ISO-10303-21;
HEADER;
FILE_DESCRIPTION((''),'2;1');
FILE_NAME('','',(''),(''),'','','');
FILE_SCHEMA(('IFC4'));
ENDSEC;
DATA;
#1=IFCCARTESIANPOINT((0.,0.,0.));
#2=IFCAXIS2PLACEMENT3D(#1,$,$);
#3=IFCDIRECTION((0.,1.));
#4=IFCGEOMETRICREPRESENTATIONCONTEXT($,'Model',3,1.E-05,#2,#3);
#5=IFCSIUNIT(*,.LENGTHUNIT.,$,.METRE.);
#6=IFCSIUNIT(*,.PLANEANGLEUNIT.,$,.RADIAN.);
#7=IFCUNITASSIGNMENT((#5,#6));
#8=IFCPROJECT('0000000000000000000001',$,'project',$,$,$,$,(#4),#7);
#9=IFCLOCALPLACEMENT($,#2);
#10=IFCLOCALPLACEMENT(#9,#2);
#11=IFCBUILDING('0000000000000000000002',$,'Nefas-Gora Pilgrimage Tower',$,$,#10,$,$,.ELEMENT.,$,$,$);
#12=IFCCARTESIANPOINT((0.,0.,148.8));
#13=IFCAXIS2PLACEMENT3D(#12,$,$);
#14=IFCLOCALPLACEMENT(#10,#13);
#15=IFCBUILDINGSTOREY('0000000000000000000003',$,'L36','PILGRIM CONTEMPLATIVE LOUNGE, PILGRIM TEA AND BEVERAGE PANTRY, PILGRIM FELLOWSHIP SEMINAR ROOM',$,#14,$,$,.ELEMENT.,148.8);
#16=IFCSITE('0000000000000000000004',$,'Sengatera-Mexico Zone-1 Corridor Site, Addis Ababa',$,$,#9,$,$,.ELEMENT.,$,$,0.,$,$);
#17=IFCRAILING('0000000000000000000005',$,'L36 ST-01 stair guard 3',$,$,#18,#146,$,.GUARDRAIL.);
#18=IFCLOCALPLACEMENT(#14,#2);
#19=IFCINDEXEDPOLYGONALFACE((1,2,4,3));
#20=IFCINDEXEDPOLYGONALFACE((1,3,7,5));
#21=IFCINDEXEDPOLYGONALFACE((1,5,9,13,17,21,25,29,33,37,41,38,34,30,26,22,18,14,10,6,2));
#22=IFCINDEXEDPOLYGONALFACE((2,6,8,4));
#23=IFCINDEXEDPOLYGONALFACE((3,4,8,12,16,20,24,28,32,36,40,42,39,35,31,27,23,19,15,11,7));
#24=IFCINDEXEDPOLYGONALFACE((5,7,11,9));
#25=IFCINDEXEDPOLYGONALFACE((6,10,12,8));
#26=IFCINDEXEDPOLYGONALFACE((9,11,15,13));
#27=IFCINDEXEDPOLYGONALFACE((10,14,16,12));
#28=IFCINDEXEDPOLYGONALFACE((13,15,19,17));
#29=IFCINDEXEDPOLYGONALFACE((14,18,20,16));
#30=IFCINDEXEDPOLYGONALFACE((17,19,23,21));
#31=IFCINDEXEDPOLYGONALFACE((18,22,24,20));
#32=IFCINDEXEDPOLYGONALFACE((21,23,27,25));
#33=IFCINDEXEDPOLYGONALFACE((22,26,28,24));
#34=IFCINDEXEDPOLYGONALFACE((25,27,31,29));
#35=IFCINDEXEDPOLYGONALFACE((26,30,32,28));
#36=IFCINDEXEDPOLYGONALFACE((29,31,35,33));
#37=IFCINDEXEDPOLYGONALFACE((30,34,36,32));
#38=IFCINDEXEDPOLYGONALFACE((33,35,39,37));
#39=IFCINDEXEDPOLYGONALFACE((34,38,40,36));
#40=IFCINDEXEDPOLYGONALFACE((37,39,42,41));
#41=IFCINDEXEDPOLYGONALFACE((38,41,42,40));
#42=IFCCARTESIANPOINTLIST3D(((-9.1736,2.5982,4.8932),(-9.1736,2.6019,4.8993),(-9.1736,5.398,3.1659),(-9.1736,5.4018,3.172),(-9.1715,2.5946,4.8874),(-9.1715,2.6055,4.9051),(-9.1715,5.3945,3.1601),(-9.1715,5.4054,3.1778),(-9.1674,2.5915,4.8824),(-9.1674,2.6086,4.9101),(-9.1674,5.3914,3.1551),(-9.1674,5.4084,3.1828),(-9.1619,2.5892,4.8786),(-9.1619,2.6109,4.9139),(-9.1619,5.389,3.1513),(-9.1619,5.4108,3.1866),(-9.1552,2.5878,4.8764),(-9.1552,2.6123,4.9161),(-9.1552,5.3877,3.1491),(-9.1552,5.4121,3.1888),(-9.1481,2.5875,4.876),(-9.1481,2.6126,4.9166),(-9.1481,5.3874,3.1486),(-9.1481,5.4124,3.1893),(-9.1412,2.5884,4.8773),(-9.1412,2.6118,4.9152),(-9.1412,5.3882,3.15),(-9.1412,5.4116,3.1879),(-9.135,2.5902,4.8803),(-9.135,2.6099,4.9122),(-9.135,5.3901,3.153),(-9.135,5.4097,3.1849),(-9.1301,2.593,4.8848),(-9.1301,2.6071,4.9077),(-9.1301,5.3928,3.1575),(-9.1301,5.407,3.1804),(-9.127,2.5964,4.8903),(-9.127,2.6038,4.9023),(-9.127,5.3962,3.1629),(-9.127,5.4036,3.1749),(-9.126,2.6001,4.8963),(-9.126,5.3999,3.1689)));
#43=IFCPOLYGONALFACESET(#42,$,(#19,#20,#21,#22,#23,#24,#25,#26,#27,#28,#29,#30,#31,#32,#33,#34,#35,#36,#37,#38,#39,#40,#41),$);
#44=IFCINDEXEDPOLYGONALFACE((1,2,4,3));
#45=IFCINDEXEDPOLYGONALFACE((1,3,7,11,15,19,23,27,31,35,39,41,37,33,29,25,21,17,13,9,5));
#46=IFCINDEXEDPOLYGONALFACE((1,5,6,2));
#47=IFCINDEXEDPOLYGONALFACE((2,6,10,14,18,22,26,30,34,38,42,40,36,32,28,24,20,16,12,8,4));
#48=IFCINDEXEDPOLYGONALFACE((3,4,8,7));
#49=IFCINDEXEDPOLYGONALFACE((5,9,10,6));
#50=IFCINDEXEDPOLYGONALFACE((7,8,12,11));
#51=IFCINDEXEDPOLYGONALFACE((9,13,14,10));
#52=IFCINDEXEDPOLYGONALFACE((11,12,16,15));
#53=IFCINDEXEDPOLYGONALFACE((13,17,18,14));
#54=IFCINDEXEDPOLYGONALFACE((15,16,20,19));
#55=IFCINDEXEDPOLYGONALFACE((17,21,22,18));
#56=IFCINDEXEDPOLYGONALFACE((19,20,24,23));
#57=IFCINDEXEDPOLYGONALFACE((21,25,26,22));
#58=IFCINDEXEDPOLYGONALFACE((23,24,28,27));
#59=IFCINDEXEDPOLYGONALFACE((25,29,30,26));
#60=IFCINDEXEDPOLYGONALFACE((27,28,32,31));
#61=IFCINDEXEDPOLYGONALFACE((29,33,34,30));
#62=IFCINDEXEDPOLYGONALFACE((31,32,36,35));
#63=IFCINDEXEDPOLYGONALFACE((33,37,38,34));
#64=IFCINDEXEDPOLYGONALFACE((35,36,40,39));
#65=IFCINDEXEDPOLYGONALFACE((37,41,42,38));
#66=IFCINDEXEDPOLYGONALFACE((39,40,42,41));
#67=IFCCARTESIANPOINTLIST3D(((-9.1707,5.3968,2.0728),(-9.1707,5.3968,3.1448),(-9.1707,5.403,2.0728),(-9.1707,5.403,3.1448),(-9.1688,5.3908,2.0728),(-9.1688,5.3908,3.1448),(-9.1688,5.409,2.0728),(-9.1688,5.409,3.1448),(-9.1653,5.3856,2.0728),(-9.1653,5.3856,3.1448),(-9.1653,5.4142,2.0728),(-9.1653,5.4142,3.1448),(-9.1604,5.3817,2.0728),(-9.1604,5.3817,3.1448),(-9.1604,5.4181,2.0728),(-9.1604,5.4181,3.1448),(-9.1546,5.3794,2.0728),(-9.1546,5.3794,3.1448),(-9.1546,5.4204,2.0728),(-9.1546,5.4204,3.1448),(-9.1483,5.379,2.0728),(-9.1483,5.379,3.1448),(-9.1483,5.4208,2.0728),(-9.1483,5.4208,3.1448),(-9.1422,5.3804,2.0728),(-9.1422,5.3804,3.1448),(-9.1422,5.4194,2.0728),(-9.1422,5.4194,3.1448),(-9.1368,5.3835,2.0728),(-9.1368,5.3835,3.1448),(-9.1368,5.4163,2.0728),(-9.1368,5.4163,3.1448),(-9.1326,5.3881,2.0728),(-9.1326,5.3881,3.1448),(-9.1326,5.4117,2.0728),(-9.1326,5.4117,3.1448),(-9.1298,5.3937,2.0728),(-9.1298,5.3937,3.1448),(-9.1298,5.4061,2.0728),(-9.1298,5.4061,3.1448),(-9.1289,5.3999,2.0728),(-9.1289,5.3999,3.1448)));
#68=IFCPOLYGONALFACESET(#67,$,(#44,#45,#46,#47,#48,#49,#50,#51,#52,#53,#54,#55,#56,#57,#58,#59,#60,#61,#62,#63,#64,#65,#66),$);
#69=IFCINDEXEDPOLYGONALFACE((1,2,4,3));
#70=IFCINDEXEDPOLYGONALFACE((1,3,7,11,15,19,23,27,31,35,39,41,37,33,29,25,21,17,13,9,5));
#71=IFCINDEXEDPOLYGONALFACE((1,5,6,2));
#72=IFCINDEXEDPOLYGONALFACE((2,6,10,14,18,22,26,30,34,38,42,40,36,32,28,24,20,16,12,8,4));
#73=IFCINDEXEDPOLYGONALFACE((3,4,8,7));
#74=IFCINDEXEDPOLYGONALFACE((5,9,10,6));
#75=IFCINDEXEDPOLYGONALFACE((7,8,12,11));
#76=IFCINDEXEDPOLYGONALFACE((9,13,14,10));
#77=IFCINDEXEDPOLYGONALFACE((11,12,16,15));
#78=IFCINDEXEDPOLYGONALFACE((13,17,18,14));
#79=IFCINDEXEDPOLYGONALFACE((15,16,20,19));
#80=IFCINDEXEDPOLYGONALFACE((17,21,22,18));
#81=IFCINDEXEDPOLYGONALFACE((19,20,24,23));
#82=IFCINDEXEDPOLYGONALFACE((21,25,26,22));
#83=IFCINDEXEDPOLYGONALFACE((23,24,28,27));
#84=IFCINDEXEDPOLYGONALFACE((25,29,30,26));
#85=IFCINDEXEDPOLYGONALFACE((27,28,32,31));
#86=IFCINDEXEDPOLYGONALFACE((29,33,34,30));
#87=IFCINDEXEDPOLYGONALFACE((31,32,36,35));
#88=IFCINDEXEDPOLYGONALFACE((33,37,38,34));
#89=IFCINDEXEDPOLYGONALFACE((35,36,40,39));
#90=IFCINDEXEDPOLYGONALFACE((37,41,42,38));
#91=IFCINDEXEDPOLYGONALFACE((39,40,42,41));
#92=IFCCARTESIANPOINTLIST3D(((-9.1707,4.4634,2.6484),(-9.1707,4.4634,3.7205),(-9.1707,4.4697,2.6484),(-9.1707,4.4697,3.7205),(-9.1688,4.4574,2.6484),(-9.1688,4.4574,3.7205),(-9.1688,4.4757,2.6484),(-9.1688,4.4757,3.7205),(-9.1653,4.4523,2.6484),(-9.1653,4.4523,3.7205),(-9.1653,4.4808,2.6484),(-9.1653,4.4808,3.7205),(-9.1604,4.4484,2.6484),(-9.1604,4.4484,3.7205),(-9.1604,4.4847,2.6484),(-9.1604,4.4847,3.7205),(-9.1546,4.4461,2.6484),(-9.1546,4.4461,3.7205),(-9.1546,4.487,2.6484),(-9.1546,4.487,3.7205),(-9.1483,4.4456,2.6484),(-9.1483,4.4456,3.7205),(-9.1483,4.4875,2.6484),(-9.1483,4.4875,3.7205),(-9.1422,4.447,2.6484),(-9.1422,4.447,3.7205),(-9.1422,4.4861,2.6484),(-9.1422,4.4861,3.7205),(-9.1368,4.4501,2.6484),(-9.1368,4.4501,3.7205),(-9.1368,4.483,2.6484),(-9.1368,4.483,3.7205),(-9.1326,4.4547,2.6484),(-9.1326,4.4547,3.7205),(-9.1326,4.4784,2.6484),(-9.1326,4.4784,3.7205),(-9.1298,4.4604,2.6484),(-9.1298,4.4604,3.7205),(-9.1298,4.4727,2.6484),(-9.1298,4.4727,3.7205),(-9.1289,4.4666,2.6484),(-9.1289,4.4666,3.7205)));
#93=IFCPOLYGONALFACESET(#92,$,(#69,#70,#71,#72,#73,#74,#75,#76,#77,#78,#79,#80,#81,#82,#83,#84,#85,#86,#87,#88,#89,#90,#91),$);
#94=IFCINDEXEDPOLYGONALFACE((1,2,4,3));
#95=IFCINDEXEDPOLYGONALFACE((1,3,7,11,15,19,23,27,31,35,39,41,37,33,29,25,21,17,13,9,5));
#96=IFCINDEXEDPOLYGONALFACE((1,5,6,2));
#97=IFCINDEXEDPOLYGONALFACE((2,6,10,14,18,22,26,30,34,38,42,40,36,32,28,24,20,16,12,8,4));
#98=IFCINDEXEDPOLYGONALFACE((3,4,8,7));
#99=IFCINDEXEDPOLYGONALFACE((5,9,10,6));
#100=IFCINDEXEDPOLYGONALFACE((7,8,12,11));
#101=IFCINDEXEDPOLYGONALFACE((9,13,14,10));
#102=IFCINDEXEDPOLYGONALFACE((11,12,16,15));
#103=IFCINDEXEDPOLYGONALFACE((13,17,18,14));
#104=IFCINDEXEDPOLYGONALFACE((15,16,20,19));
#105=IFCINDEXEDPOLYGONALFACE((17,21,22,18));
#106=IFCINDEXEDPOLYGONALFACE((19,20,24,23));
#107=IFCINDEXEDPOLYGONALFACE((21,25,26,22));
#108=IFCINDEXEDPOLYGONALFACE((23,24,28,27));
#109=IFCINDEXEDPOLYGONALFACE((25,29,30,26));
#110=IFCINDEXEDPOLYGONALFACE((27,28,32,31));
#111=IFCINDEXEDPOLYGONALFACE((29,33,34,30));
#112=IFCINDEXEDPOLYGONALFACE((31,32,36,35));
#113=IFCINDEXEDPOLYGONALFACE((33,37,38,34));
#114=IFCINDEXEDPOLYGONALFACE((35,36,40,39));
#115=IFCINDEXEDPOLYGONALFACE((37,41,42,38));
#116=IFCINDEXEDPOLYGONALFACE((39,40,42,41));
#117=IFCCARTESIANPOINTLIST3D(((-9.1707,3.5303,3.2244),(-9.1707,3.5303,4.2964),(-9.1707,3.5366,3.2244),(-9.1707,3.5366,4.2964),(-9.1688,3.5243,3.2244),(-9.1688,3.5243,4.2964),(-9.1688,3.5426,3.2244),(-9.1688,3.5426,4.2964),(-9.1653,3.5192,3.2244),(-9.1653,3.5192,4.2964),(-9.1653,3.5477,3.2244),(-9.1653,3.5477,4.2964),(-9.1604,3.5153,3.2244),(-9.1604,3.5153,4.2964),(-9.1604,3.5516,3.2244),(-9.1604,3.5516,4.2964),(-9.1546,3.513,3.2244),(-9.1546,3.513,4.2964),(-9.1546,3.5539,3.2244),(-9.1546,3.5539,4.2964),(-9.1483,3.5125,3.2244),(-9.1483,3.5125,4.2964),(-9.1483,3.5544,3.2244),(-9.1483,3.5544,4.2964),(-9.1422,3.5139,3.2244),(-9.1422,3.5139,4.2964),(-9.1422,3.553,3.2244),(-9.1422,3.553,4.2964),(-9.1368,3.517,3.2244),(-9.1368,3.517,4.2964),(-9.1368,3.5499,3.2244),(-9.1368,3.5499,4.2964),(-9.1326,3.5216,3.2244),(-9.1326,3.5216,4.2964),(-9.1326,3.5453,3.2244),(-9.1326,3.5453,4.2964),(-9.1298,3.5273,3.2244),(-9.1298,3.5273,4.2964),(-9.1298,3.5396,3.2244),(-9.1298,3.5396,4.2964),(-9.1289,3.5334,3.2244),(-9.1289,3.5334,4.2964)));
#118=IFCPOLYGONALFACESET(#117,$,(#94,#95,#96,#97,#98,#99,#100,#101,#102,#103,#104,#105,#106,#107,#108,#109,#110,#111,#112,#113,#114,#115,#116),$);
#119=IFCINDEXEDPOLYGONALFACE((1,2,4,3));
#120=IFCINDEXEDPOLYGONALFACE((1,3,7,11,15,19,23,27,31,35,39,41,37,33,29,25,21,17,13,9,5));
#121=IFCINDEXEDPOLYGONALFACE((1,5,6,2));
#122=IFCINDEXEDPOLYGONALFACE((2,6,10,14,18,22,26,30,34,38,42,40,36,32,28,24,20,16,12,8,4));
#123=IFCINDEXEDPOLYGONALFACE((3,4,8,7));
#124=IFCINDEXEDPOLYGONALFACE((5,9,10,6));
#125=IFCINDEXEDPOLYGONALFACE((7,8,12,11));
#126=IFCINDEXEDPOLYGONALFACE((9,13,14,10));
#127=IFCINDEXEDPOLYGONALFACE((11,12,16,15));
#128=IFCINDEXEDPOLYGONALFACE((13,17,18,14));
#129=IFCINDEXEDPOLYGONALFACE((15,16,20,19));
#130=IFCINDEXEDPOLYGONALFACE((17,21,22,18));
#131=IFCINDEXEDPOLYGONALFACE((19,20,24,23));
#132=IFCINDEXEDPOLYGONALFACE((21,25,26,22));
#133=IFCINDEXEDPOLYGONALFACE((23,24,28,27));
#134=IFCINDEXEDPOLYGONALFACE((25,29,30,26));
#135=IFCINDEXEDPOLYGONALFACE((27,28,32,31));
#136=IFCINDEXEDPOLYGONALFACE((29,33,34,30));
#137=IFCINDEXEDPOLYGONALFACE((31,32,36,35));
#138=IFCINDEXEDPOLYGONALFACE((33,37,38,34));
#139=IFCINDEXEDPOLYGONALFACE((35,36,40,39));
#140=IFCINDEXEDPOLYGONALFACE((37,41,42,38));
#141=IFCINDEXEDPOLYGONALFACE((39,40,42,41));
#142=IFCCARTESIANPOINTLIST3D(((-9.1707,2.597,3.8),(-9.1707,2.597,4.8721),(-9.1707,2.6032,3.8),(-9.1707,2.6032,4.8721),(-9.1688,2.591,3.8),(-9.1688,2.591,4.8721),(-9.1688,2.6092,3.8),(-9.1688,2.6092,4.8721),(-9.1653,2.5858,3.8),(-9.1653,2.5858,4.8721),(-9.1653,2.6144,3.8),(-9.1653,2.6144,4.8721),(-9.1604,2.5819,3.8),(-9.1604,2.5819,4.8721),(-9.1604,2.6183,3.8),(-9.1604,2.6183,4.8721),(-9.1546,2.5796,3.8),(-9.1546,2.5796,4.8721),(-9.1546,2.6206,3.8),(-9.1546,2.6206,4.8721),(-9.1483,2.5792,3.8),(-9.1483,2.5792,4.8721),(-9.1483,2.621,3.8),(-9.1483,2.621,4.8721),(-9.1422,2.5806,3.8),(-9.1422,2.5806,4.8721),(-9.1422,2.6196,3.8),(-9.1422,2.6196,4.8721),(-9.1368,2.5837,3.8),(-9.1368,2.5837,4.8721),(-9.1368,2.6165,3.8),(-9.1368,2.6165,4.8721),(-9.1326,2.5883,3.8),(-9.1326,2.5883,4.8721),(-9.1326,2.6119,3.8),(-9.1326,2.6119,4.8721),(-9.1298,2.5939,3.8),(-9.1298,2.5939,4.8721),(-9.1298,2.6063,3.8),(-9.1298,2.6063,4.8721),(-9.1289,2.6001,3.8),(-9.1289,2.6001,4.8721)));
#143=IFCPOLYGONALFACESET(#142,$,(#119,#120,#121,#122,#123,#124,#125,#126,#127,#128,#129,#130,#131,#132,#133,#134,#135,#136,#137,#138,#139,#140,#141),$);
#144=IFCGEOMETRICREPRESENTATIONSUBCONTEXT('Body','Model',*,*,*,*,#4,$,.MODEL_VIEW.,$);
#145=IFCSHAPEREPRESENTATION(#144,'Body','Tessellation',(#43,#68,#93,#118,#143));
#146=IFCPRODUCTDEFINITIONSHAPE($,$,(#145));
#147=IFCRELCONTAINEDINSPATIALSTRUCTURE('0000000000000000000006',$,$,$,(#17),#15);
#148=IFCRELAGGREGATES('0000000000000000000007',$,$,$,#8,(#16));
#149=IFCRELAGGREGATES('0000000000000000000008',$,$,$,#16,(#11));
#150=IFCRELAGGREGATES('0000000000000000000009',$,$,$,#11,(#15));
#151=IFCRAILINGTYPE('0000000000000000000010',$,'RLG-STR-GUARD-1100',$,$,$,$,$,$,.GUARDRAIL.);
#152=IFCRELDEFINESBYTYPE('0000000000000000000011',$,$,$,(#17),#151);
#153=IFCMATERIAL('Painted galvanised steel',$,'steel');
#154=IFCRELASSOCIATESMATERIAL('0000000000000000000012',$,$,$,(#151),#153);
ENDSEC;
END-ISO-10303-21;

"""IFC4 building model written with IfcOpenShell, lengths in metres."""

from ifc_helpers import new_model, si_unit, direction, frame, origin, origin_2d, place, context, subcontext, project, spatial, circle, extrude, material, type_object, element, save


model = new_model("IFC4")

# Units and contexts
model_context = context("Model", 3, precision=1e-05, world=origin(), true_north=direction((0.0, 1.0)))
body_context = subcontext(model_context, "Body", "Model", "MODEL_VIEW")
ifc_project = project(units=[si_unit("LENGTHUNIT", "METRE"), si_unit("PLANEANGLEUNIT", "RADIAN")], contexts=[model_context])

# Site, building, storey
site_placement = place(None, origin())
site = spatial("IfcSite", under=ifc_project, at=site_placement, Name="Sengatera-Mexico Zone-1 Corridor Site, Addis Ababa", CompositionType="ELEMENT", RefElevation=0.0)
building_placement = place(site_placement, origin())
building = spatial("IfcBuilding", under=site, at=building_placement, Name="Nefas-Gora Pilgrimage Tower", CompositionType="ELEMENT")
storey_placement = place(building_placement, frame((0.0, 0.0, 148.8)))
storey = spatial("IfcBuildingStorey", under=building, at=storey_placement, Name="L36", Description="PILGRIM CONTEMPLATIVE LOUNGE, PILGRIM TEA AND BEVERAGE PANTRY, PILGRIM FELLOWSHIP SEMINAR ROOM", CompositionType="ELEMENT", Elevation=148.8)

# Railing
ifc_material_1 = material(Name="Painted galvanised steel", Category="steel")
railing_type_1 = type_object("IfcRailingType", Name="RLG-STR-GUARD-1100", PredefinedType="GUARDRAIL", material=ifc_material_1)
railing_1_placement = place(storey_placement, frame((-9.1499, 5.3999, 2.0728)))
element("IfcRailing", 1, at=railing_1_placement, inside=storey, type_object=railing_type_1, Name="L36 ST-01 stair guard 3", PredefinedType="GUARDRAIL", context=body_context, shape_type="SweptSolid", body=[
    extrude(circle(Radius=0.0239, at=origin_2d()), frame((0.0, 0.0, 1.0962), z_axis=(0.0, -0.851069, 0.525054), x_axis=(1.0, 0.0, 0.0)), (0.0, 0.0, 1.0), 3.2898),
    extrude(circle(Radius=0.021, at=origin_2d()), origin(), (0.0, 0.0, 1.0), 1.072),
    extrude(circle(Radius=0.021, at=origin_2d()), frame((0.0, -0.9333, 0.5757)), (0.0, 0.0, 1.0), 1.072),
    extrude(circle(Radius=0.021, at=origin_2d()), frame((0.0, -1.8665, 1.1516)), (0.0, 0.0, 1.0), 1.072),
    extrude(circle(Radius=0.021, at=origin_2d()), frame((0.0, -2.7998, 1.7273)), (0.0, 0.0, 1.0), 1.072),
])

save(model, "model.ifc")
